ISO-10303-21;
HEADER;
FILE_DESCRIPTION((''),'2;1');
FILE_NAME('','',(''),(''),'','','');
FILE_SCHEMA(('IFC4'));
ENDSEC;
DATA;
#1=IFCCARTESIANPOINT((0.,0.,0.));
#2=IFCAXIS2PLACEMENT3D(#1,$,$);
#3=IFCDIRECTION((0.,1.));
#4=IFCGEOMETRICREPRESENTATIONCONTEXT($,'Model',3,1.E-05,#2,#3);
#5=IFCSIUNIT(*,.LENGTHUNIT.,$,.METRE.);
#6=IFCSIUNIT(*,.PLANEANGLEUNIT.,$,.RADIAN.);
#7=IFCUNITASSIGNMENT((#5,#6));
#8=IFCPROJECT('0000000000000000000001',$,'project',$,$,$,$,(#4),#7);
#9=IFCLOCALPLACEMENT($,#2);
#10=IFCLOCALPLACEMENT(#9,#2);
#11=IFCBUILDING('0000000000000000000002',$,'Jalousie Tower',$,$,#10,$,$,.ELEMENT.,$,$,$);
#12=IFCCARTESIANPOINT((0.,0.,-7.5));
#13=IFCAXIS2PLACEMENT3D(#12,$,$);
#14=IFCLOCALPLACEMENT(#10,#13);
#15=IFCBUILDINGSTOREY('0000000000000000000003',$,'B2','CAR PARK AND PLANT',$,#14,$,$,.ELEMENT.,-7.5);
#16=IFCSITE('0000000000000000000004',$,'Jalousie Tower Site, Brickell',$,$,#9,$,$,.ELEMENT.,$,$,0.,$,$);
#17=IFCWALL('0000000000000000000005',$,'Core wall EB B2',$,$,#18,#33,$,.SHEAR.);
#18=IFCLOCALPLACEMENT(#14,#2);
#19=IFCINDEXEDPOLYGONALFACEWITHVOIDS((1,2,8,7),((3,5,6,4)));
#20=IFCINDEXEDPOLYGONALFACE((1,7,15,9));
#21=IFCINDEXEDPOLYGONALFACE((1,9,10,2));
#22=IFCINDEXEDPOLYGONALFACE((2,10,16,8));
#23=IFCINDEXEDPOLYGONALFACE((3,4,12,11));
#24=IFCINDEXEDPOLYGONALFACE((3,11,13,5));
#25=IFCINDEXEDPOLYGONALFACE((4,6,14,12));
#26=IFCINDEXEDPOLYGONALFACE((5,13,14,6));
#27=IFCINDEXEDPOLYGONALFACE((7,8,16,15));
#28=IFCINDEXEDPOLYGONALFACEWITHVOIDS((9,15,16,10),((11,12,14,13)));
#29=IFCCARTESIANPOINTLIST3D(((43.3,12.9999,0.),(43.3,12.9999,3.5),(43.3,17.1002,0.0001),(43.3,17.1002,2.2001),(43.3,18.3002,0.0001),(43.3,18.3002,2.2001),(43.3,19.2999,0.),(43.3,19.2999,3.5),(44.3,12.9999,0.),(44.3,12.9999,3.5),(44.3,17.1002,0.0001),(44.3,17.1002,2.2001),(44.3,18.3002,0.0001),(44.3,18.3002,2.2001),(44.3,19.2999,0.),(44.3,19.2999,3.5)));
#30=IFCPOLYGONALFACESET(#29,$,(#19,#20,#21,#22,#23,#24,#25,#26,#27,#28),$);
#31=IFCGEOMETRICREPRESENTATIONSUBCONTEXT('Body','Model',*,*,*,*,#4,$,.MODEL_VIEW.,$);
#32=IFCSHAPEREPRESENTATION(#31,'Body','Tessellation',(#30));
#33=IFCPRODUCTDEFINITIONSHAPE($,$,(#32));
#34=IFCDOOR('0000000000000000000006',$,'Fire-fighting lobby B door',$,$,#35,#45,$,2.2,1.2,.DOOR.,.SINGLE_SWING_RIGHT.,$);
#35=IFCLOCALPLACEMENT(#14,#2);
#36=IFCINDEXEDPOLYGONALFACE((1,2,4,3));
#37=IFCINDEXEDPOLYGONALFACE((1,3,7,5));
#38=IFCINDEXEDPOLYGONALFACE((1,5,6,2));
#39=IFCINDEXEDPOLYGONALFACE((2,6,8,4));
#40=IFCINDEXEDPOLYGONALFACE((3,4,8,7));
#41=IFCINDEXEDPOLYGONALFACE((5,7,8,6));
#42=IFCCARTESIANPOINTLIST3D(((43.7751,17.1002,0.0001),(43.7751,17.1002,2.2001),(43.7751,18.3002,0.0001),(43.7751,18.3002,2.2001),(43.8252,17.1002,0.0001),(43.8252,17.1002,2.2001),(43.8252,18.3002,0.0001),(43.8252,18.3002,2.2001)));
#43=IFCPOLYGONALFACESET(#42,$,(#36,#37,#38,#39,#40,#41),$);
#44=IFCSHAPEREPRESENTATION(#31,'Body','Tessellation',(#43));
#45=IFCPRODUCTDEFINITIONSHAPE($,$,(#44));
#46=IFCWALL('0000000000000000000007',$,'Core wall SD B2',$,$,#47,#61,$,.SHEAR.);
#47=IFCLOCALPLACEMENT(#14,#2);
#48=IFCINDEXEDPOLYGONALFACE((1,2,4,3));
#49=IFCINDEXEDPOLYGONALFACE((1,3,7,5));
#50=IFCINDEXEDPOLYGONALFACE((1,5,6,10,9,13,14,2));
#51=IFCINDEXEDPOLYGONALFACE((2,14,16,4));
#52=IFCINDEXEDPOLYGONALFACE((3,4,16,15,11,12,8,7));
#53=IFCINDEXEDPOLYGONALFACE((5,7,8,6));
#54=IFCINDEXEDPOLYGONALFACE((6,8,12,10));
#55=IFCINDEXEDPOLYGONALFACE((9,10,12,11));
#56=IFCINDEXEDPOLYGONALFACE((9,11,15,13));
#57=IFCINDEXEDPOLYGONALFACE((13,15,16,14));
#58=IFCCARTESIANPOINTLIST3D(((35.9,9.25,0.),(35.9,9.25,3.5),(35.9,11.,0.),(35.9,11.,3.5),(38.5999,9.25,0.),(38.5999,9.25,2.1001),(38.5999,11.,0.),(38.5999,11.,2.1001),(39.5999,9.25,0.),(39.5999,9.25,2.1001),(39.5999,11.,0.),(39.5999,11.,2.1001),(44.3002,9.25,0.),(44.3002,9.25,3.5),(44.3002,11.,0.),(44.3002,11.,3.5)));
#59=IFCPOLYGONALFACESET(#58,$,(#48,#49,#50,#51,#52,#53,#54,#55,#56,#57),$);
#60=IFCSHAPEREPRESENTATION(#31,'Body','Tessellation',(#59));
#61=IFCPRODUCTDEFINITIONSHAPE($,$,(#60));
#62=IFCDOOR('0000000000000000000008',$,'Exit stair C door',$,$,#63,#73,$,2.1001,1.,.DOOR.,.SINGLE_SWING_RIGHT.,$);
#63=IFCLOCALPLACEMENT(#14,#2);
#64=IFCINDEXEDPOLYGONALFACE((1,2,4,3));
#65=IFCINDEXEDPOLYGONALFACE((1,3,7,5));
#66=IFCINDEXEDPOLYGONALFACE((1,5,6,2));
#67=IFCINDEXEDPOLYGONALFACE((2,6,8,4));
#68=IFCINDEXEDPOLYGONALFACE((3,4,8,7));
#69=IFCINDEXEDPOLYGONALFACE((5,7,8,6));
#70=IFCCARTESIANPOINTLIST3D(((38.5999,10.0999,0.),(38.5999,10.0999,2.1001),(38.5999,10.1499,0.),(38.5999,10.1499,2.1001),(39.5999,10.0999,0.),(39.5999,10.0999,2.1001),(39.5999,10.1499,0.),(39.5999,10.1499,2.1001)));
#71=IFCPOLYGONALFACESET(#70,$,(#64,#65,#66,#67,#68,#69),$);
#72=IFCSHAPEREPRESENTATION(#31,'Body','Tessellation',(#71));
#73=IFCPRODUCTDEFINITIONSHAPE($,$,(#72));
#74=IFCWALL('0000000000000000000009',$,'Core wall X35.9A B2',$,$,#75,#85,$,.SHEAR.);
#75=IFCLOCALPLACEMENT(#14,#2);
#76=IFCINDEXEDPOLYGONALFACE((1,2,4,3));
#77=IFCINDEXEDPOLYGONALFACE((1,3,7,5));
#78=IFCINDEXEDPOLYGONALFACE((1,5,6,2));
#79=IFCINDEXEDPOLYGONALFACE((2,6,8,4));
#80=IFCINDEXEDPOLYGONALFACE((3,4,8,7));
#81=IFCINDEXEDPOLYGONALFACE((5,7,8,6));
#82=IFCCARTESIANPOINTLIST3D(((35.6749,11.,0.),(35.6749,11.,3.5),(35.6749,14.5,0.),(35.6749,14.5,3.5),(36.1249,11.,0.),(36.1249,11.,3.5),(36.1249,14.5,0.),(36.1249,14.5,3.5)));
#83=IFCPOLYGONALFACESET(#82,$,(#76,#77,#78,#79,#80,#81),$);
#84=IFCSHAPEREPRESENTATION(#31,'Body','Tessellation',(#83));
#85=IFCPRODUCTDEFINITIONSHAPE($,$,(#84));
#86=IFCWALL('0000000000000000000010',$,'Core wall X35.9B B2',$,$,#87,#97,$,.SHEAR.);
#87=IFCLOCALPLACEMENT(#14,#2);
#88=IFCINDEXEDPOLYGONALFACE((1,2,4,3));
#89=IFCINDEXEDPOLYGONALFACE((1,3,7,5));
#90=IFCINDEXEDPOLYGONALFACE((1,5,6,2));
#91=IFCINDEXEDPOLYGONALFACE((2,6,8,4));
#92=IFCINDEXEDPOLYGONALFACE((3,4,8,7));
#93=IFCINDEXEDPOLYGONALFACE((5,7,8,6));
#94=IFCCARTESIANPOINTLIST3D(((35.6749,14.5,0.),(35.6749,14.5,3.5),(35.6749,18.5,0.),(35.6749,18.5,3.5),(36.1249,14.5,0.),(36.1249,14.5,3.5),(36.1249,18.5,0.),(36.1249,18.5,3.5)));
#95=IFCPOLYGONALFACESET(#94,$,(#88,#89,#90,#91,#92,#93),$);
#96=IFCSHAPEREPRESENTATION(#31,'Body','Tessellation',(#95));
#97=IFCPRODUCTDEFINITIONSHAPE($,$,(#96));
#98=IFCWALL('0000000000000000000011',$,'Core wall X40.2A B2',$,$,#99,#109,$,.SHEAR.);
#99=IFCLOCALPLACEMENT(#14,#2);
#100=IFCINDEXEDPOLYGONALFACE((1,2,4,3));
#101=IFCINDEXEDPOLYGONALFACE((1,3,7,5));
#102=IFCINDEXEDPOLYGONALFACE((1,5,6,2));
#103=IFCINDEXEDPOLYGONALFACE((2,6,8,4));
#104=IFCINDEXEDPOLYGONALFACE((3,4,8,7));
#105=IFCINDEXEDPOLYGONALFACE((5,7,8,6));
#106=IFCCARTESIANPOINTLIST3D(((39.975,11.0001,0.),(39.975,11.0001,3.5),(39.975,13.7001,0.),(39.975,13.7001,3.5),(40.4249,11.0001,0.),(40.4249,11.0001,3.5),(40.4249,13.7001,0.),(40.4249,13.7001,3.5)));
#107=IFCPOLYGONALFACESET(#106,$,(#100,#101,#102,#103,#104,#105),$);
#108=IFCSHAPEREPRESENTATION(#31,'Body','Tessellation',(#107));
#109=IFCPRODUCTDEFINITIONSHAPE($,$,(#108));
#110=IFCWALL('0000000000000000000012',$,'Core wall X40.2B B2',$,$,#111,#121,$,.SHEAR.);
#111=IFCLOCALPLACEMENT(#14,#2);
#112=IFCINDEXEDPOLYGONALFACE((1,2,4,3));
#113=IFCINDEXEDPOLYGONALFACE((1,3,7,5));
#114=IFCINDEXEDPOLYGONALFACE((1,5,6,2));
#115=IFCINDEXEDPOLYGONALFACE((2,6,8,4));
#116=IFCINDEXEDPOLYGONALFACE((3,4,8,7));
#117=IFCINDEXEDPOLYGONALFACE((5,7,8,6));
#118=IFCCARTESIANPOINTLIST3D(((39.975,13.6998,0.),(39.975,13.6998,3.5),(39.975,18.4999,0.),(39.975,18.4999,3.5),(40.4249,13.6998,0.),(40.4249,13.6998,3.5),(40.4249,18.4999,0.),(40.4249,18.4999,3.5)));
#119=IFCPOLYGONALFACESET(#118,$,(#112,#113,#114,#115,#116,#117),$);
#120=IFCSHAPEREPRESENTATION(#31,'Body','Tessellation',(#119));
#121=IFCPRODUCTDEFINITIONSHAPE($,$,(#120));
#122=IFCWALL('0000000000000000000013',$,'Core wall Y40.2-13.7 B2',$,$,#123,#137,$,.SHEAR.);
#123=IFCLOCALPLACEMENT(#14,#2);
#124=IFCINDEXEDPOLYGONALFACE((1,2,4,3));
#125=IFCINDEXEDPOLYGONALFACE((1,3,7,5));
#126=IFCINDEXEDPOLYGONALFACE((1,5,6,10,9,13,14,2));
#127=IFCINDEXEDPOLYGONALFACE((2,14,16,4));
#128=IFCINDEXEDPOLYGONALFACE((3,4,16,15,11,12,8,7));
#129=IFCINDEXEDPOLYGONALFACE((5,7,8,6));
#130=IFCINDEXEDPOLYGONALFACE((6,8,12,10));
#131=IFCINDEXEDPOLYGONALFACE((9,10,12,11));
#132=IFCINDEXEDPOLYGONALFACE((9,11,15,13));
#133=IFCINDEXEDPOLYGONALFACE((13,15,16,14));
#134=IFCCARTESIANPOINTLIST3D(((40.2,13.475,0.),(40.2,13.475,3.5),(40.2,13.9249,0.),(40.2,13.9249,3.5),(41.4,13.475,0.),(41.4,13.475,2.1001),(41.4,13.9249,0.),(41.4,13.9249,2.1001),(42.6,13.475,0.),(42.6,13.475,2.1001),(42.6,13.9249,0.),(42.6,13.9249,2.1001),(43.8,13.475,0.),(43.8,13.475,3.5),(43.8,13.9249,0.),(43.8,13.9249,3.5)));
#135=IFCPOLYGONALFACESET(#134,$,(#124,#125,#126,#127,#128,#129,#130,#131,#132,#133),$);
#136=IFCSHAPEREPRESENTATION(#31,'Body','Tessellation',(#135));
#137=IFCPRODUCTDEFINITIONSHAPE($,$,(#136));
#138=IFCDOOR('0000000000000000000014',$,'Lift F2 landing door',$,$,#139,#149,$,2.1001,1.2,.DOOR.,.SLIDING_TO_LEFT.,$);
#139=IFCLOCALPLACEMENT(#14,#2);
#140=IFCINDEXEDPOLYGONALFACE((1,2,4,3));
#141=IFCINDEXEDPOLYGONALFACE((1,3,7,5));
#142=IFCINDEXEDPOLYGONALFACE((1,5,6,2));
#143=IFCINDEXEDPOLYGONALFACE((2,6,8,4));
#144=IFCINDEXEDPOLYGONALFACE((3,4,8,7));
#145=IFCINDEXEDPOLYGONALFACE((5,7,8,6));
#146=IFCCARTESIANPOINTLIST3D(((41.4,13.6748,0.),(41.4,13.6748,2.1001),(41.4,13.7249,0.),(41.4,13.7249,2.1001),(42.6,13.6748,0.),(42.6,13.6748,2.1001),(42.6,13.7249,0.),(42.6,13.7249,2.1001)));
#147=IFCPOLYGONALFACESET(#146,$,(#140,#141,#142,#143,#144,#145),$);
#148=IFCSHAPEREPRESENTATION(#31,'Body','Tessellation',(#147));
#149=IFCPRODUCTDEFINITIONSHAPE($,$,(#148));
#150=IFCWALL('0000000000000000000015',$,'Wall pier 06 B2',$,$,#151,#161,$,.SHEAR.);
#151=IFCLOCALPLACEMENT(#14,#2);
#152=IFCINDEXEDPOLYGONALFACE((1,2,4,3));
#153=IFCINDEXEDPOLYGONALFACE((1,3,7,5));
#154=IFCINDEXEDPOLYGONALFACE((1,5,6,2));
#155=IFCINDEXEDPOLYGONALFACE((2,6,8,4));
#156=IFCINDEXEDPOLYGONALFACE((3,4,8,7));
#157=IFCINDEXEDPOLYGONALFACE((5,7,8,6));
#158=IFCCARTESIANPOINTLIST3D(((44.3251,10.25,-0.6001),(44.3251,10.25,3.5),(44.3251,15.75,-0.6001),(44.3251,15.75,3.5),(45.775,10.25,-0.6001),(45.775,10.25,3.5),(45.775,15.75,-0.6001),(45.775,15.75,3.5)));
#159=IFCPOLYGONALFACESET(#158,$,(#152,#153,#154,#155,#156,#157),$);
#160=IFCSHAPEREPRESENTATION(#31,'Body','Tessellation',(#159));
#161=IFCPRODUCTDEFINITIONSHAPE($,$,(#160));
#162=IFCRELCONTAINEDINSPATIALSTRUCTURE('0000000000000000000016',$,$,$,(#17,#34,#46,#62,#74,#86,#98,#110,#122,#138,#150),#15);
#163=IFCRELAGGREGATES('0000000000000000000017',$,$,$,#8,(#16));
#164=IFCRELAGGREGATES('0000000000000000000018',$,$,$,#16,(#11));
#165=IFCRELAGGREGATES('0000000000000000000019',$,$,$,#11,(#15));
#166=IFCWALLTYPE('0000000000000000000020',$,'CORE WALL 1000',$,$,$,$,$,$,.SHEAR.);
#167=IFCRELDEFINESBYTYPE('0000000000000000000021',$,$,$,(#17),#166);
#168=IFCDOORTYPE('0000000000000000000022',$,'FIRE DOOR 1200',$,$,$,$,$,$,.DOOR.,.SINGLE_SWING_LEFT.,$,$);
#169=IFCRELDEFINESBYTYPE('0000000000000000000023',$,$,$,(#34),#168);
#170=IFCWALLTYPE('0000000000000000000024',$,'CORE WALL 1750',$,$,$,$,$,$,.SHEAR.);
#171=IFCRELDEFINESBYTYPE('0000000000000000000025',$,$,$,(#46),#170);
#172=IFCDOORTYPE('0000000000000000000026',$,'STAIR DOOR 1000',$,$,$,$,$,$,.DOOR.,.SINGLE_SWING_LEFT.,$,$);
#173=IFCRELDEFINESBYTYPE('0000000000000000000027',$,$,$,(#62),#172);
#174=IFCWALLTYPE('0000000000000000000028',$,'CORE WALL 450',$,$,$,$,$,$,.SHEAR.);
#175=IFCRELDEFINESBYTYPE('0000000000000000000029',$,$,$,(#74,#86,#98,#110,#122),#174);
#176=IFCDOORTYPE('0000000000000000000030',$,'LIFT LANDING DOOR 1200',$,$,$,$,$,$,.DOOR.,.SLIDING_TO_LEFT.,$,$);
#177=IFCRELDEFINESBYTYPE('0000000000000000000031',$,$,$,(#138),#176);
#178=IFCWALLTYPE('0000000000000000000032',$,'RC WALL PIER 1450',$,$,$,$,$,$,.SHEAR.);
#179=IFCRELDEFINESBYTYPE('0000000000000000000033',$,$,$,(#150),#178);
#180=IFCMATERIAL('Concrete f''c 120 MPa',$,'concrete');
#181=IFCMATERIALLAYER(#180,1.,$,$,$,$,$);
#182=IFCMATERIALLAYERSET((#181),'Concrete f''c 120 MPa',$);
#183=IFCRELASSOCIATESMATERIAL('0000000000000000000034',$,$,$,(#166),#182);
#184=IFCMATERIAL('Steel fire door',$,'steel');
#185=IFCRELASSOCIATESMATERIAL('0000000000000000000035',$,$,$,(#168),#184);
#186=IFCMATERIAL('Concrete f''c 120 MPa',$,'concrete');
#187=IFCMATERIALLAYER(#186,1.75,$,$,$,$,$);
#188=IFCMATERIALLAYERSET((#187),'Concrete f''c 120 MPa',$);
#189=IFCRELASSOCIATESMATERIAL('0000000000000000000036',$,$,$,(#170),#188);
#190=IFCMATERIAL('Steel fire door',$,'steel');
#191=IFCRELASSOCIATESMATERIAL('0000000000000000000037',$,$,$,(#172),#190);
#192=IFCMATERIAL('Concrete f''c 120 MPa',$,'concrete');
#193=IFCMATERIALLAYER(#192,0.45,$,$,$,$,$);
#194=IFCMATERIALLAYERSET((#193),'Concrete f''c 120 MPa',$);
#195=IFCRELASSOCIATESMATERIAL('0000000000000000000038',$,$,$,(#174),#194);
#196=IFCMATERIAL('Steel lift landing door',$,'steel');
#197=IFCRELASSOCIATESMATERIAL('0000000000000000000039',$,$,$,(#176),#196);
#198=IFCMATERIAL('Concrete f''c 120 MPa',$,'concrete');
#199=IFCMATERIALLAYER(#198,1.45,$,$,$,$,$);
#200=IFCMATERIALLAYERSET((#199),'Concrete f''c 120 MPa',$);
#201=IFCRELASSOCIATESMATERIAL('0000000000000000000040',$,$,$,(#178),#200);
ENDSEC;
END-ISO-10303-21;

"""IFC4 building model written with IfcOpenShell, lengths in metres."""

from ifc_helpers import new_model, si_unit, direction, frame, frame_2d, origin, place, context, subcontext, project, spatial, rectangle, extrude, material, layer, layer_set, type_object, element, fill, save


model = new_model("IFC4")

# Units and contexts
model_context = context("Model", 3, precision=1e-05, world=origin(), true_north=direction((0.0, 1.0)))
body_context = subcontext(model_context, "Body", "Model", "MODEL_VIEW")
ifc_project = project(units=[si_unit("LENGTHUNIT", "METRE"), si_unit("PLANEANGLEUNIT", "RADIAN")], contexts=[model_context])

# Site, building, storey
site_placement = place(None, origin())
site = spatial("IfcSite", under=ifc_project, at=site_placement, Name="Jalousie Tower Site, Brickell", CompositionType="ELEMENT", RefElevation=0.0)
building_placement = place(site_placement, origin())
building = spatial("IfcBuilding", under=site, at=building_placement, Name="Jalousie Tower", CompositionType="ELEMENT")
storey_placement = place(building_placement, frame((0.0, 0.0, -7.5)))
storey = spatial("IfcBuildingStorey", under=building, at=storey_placement, Name="B2", Description="CAR PARK AND PLANT", CompositionType="ELEMENT", Elevation=-7.5)

# Shared definitions
ifc_material_1 = material(Name="Concrete f'c 120 MPa", Category="concrete")
ifc_layer_1 = layer(ifc_material_1, 1.0)
ifc_layer_set_1 = layer_set([ifc_layer_1], Name="Concrete f'c 120 MPa")
wall_type_1 = type_object("IfcWallType", Name="CORE WALL 1000", PredefinedType="SHEAR", material=ifc_layer_set_1)

# Walls, openings, doors
wall_1_placement = place(storey_placement, frame((43.8, 13.0, 0.0), z_axis=(0.0, 0.0, 1.0), x_axis=(0.0, 1.0, 0.0)))
wall_1 = element("IfcWall", 1, at=wall_1_placement, inside=storey, type_object=wall_type_1, Name="Core wall EB B2", PredefinedType="SHEAR", context=body_context, shape_type="SweptSolid", body=[
    extrude(rectangle(XDim=6.3, YDim=1.0, at=frame_2d((3.1499, 0.0))), origin(), (0.0, 0.0, 1.0), 3.5),
])
opening_1_placement = place(wall_1_placement, frame((4.1001, 0.0, 0.0)))
opening_1 = element("IfcOpeningElement", 2, at=opening_1_placement, cuts=wall_1, PredefinedType="OPENING", context=body_context, shape_type="SweptSolid", body=[
    extrude(rectangle(XDim=1.2, YDim=2.2, at=frame_2d((0.6001, 1.1001))), frame((0.0, 0.51, 0.0), z_axis=(0.0, -1.0, 0.0), x_axis=(1.0, 0.0, 0.0)), (0.0, 0.0, 1.0), 1.02),
])
ifc_material_2 = material(Name="Steel fire door", Category="steel")
door_type_1 = type_object("IfcDoorType", Name="FIRE DOOR 1200", OperationType="SINGLE_SWING_LEFT", PredefinedType="DOOR", material=ifc_material_2)
door_1_placement = place(opening_1_placement, origin())
door_1 = element("IfcDoor", 3, at=door_1_placement, inside=storey, type_object=door_type_1, Name="Fire-fighting lobby B door", OperationType="SINGLE_SWING_RIGHT", OverallHeight=2.2, OverallWidth=1.2, PredefinedType="DOOR", context=body_context, shape_type="SweptSolid", body=[
    extrude(rectangle(XDim=1.2, YDim=2.2, at=frame_2d((0.6001, 1.1001))), frame((0.0, 0.0249, 0.0), z_axis=(0.0, -1.0, 0.0), x_axis=(1.0, 0.0, 0.0)), (0.0, 0.0, 1.0), 0.05),
])
fill(opening_1, door_1)
ifc_material_3 = material(Name="Concrete f'c 120 MPa", Category="concrete")
ifc_layer_2 = layer(ifc_material_3, 1.75)
ifc_layer_set_2 = layer_set([ifc_layer_2], Name="Concrete f'c 120 MPa")
wall_type_2 = type_object("IfcWallType", Name="CORE WALL 1750", PredefinedType="SHEAR", material=ifc_layer_set_2)
wall_2_placement = place(storey_placement, frame((35.8999, 10.125, 0.0), z_axis=(0.0, 0.0, 1.0), x_axis=(1.0, 0.0, 0.0)))
wall_2 = element("IfcWall", 4, at=wall_2_placement, inside=storey, type_object=wall_type_2, Name="Core wall SD B2", PredefinedType="SHEAR", context=body_context, shape_type="SweptSolid", body=[
    extrude(rectangle(XDim=8.4001, YDim=1.75, at=frame_2d((4.2002, 0.0))), origin(), (0.0, 0.0, 1.0), 3.5),
])
opening_2_placement = place(wall_2_placement, frame((2.7, 0.0, 0.0)))
opening_2 = element("IfcOpeningElement", 5, at=opening_2_placement, cuts=wall_2, PredefinedType="OPENING", context=body_context, shape_type="SweptSolid", body=[
    extrude(rectangle(XDim=1.0, YDim=2.1001, at=frame_2d((0.5, 1.05))), frame((0.0, 0.885, 0.0), z_axis=(0.0, -1.0, 0.0), x_axis=(1.0, 0.0, 0.0)), (0.0, 0.0, 1.0), 1.77),
])
ifc_material_4 = material(Name="Steel fire door", Category="steel")
door_type_2 = type_object("IfcDoorType", Name="STAIR DOOR 1000", OperationType="SINGLE_SWING_LEFT", PredefinedType="DOOR", material=ifc_material_4)
door_2_placement = place(opening_2_placement, origin())
door_2 = element("IfcDoor", 6, at=door_2_placement, inside=storey, type_object=door_type_2, Name="Exit stair C door", OperationType="SINGLE_SWING_RIGHT", OverallHeight=2.1001, OverallWidth=1.0, PredefinedType="DOOR", context=body_context, shape_type="SweptSolid", body=[
    extrude(rectangle(XDim=1.0, YDim=2.1001, at=frame_2d((0.5, 1.05))), frame((0.0, 0.0249, 0.0), z_axis=(0.0, -1.0, 0.0), x_axis=(1.0, 0.0, 0.0)), (0.0, 0.0, 1.0), 0.05),
])
fill(opening_2, door_2)

# Walls
ifc_material_5 = material(Name="Concrete f'c 120 MPa", Category="concrete")
ifc_layer_3 = layer(ifc_material_5, 0.45)
ifc_layer_set_3 = layer_set([ifc_layer_3], Name="Concrete f'c 120 MPa")
wall_type_3 = type_object("IfcWallType", Name="CORE WALL 450", PredefinedType="SHEAR", material=ifc_layer_set_3)
wall_3_placement = place(storey_placement, frame((35.8999, 11.0, 0.0), z_axis=(0.0, 0.0, 1.0), x_axis=(0.0, 1.0, 0.0)))
element("IfcWall", 7, at=wall_3_placement, inside=storey, type_object=wall_type_3, Name="Core wall X35.9A B2", PredefinedType="SHEAR", context=body_context, shape_type="SweptSolid", body=[
    extrude(rectangle(XDim=3.5, YDim=0.45, at=frame_2d((1.75, 0.0))), origin(), (0.0, 0.0, 1.0), 3.5),
])
wall_4_placement = place(storey_placement, frame((35.8999, 14.5, 0.0), z_axis=(0.0, 0.0, 1.0), x_axis=(0.0, 1.0, 0.0)))
element("IfcWall", 8, at=wall_4_placement, inside=storey, type_object=wall_type_3, Name="Core wall X35.9B B2", PredefinedType="SHEAR", context=body_context, shape_type="SweptSolid", body=[
    extrude(rectangle(XDim=4.0, YDim=0.45, at=frame_2d((2.0, 0.0))), origin(), (0.0, 0.0, 1.0), 3.5),
])
wall_5_placement = place(storey_placement, frame((40.2, 11.0, 0.0), z_axis=(0.0, 0.0, 1.0), x_axis=(0.0, 1.0, 0.0)))
element("IfcWall", 9, at=wall_5_placement, inside=storey, type_object=wall_type_3, Name="Core wall X40.2A B2", PredefinedType="SHEAR", context=body_context, shape_type="SweptSolid", body=[
    extrude(rectangle(XDim=2.7, YDim=0.45, at=frame_2d((1.3501, 0.0))), origin(), (0.0, 0.0, 1.0), 3.5),
])
wall_6_placement = place(storey_placement, frame((40.2, 13.7, 0.0), z_axis=(0.0, 0.0, 1.0), x_axis=(0.0, 1.0, 0.0)))
element("IfcWall", 10, at=wall_6_placement, inside=storey, type_object=wall_type_3, Name="Core wall X40.2B B2", PredefinedType="SHEAR", context=body_context, shape_type="SweptSolid", body=[
    extrude(rectangle(XDim=4.8, YDim=0.45, at=frame_2d((2.3999, 0.0))), origin(), (0.0, 0.0, 1.0), 3.5),
])

# Wall, opening, door
wall_7_placement = place(storey_placement, frame((40.2, 13.7, 0.0), z_axis=(0.0, 0.0, 1.0), x_axis=(1.0, 0.0, 0.0)))
wall_7 = element("IfcWall", 11, at=wall_7_placement, inside=storey, type_object=wall_type_3, Name="Core wall Y40.2-13.7 B2", PredefinedType="SHEAR", context=body_context, shape_type="SweptSolid", body=[
    extrude(rectangle(XDim=3.6001, YDim=0.45, at=frame_2d((1.8, 0.0))), origin(), (0.0, 0.0, 1.0), 3.5),
])
opening_3_placement = place(wall_7_placement, frame((1.2, 0.0, 0.0)))
opening_3 = element("IfcOpeningElement", 12, at=opening_3_placement, cuts=wall_7, PredefinedType="OPENING", context=body_context, shape_type="SweptSolid", body=[
    extrude(rectangle(XDim=1.2, YDim=2.1001, at=frame_2d((0.6001, 1.05))), frame((0.0, 0.2349, 0.0), z_axis=(0.0, -1.0, 0.0), x_axis=(1.0, 0.0, 0.0)), (0.0, 0.0, 1.0), 0.47),
])
ifc_material_6 = material(Name="Steel lift landing door", Category="steel")
door_type_3 = type_object("IfcDoorType", Name="LIFT LANDING DOOR 1200", OperationType="SLIDING_TO_LEFT", PredefinedType="DOOR", material=ifc_material_6)
door_3_placement = place(opening_3_placement, origin())
door_3 = element("IfcDoor", 13, at=door_3_placement, inside=storey, type_object=door_type_3, Name="Lift F2 landing door", OperationType="SLIDING_TO_LEFT", OverallHeight=2.1001, OverallWidth=1.2, PredefinedType="DOOR", context=body_context, shape_type="SweptSolid", body=[
    extrude(rectangle(XDim=1.2, YDim=2.1001, at=frame_2d((0.6001, 1.05))), frame((0.0, 0.0249, 0.0), z_axis=(0.0, -1.0, 0.0), x_axis=(1.0, 0.0, 0.0)), (0.0, 0.0, 1.0), 0.05),
])
fill(opening_3, door_3)

# Wall
ifc_material_7 = material(Name="Concrete f'c 120 MPa", Category="concrete")
ifc_layer_4 = layer(ifc_material_7, 1.45)
ifc_layer_set_4 = layer_set([ifc_layer_4], Name="Concrete f'c 120 MPa")
wall_type_4 = type_object("IfcWallType", Name="RC WALL PIER 1450", PredefinedType="SHEAR", material=ifc_layer_set_4)
wall_8_placement = place(storey_placement, frame((45.05, 10.25, -0.6001), z_axis=(0.0, 0.0, 1.0), x_axis=(0.0, 1.0, 0.0)))
element("IfcWall", 14, at=wall_8_placement, inside=storey, type_object=wall_type_4, Name="Wall pier 06 B2", PredefinedType="SHEAR", context=body_context, shape_type="SweptSolid", body=[
    extrude(rectangle(XDim=5.5, YDim=1.45, at=frame_2d((2.75, 0.0))), origin(), (0.0, 0.0, 1.0), 4.1001),
])

save(model, "model.ifc")
